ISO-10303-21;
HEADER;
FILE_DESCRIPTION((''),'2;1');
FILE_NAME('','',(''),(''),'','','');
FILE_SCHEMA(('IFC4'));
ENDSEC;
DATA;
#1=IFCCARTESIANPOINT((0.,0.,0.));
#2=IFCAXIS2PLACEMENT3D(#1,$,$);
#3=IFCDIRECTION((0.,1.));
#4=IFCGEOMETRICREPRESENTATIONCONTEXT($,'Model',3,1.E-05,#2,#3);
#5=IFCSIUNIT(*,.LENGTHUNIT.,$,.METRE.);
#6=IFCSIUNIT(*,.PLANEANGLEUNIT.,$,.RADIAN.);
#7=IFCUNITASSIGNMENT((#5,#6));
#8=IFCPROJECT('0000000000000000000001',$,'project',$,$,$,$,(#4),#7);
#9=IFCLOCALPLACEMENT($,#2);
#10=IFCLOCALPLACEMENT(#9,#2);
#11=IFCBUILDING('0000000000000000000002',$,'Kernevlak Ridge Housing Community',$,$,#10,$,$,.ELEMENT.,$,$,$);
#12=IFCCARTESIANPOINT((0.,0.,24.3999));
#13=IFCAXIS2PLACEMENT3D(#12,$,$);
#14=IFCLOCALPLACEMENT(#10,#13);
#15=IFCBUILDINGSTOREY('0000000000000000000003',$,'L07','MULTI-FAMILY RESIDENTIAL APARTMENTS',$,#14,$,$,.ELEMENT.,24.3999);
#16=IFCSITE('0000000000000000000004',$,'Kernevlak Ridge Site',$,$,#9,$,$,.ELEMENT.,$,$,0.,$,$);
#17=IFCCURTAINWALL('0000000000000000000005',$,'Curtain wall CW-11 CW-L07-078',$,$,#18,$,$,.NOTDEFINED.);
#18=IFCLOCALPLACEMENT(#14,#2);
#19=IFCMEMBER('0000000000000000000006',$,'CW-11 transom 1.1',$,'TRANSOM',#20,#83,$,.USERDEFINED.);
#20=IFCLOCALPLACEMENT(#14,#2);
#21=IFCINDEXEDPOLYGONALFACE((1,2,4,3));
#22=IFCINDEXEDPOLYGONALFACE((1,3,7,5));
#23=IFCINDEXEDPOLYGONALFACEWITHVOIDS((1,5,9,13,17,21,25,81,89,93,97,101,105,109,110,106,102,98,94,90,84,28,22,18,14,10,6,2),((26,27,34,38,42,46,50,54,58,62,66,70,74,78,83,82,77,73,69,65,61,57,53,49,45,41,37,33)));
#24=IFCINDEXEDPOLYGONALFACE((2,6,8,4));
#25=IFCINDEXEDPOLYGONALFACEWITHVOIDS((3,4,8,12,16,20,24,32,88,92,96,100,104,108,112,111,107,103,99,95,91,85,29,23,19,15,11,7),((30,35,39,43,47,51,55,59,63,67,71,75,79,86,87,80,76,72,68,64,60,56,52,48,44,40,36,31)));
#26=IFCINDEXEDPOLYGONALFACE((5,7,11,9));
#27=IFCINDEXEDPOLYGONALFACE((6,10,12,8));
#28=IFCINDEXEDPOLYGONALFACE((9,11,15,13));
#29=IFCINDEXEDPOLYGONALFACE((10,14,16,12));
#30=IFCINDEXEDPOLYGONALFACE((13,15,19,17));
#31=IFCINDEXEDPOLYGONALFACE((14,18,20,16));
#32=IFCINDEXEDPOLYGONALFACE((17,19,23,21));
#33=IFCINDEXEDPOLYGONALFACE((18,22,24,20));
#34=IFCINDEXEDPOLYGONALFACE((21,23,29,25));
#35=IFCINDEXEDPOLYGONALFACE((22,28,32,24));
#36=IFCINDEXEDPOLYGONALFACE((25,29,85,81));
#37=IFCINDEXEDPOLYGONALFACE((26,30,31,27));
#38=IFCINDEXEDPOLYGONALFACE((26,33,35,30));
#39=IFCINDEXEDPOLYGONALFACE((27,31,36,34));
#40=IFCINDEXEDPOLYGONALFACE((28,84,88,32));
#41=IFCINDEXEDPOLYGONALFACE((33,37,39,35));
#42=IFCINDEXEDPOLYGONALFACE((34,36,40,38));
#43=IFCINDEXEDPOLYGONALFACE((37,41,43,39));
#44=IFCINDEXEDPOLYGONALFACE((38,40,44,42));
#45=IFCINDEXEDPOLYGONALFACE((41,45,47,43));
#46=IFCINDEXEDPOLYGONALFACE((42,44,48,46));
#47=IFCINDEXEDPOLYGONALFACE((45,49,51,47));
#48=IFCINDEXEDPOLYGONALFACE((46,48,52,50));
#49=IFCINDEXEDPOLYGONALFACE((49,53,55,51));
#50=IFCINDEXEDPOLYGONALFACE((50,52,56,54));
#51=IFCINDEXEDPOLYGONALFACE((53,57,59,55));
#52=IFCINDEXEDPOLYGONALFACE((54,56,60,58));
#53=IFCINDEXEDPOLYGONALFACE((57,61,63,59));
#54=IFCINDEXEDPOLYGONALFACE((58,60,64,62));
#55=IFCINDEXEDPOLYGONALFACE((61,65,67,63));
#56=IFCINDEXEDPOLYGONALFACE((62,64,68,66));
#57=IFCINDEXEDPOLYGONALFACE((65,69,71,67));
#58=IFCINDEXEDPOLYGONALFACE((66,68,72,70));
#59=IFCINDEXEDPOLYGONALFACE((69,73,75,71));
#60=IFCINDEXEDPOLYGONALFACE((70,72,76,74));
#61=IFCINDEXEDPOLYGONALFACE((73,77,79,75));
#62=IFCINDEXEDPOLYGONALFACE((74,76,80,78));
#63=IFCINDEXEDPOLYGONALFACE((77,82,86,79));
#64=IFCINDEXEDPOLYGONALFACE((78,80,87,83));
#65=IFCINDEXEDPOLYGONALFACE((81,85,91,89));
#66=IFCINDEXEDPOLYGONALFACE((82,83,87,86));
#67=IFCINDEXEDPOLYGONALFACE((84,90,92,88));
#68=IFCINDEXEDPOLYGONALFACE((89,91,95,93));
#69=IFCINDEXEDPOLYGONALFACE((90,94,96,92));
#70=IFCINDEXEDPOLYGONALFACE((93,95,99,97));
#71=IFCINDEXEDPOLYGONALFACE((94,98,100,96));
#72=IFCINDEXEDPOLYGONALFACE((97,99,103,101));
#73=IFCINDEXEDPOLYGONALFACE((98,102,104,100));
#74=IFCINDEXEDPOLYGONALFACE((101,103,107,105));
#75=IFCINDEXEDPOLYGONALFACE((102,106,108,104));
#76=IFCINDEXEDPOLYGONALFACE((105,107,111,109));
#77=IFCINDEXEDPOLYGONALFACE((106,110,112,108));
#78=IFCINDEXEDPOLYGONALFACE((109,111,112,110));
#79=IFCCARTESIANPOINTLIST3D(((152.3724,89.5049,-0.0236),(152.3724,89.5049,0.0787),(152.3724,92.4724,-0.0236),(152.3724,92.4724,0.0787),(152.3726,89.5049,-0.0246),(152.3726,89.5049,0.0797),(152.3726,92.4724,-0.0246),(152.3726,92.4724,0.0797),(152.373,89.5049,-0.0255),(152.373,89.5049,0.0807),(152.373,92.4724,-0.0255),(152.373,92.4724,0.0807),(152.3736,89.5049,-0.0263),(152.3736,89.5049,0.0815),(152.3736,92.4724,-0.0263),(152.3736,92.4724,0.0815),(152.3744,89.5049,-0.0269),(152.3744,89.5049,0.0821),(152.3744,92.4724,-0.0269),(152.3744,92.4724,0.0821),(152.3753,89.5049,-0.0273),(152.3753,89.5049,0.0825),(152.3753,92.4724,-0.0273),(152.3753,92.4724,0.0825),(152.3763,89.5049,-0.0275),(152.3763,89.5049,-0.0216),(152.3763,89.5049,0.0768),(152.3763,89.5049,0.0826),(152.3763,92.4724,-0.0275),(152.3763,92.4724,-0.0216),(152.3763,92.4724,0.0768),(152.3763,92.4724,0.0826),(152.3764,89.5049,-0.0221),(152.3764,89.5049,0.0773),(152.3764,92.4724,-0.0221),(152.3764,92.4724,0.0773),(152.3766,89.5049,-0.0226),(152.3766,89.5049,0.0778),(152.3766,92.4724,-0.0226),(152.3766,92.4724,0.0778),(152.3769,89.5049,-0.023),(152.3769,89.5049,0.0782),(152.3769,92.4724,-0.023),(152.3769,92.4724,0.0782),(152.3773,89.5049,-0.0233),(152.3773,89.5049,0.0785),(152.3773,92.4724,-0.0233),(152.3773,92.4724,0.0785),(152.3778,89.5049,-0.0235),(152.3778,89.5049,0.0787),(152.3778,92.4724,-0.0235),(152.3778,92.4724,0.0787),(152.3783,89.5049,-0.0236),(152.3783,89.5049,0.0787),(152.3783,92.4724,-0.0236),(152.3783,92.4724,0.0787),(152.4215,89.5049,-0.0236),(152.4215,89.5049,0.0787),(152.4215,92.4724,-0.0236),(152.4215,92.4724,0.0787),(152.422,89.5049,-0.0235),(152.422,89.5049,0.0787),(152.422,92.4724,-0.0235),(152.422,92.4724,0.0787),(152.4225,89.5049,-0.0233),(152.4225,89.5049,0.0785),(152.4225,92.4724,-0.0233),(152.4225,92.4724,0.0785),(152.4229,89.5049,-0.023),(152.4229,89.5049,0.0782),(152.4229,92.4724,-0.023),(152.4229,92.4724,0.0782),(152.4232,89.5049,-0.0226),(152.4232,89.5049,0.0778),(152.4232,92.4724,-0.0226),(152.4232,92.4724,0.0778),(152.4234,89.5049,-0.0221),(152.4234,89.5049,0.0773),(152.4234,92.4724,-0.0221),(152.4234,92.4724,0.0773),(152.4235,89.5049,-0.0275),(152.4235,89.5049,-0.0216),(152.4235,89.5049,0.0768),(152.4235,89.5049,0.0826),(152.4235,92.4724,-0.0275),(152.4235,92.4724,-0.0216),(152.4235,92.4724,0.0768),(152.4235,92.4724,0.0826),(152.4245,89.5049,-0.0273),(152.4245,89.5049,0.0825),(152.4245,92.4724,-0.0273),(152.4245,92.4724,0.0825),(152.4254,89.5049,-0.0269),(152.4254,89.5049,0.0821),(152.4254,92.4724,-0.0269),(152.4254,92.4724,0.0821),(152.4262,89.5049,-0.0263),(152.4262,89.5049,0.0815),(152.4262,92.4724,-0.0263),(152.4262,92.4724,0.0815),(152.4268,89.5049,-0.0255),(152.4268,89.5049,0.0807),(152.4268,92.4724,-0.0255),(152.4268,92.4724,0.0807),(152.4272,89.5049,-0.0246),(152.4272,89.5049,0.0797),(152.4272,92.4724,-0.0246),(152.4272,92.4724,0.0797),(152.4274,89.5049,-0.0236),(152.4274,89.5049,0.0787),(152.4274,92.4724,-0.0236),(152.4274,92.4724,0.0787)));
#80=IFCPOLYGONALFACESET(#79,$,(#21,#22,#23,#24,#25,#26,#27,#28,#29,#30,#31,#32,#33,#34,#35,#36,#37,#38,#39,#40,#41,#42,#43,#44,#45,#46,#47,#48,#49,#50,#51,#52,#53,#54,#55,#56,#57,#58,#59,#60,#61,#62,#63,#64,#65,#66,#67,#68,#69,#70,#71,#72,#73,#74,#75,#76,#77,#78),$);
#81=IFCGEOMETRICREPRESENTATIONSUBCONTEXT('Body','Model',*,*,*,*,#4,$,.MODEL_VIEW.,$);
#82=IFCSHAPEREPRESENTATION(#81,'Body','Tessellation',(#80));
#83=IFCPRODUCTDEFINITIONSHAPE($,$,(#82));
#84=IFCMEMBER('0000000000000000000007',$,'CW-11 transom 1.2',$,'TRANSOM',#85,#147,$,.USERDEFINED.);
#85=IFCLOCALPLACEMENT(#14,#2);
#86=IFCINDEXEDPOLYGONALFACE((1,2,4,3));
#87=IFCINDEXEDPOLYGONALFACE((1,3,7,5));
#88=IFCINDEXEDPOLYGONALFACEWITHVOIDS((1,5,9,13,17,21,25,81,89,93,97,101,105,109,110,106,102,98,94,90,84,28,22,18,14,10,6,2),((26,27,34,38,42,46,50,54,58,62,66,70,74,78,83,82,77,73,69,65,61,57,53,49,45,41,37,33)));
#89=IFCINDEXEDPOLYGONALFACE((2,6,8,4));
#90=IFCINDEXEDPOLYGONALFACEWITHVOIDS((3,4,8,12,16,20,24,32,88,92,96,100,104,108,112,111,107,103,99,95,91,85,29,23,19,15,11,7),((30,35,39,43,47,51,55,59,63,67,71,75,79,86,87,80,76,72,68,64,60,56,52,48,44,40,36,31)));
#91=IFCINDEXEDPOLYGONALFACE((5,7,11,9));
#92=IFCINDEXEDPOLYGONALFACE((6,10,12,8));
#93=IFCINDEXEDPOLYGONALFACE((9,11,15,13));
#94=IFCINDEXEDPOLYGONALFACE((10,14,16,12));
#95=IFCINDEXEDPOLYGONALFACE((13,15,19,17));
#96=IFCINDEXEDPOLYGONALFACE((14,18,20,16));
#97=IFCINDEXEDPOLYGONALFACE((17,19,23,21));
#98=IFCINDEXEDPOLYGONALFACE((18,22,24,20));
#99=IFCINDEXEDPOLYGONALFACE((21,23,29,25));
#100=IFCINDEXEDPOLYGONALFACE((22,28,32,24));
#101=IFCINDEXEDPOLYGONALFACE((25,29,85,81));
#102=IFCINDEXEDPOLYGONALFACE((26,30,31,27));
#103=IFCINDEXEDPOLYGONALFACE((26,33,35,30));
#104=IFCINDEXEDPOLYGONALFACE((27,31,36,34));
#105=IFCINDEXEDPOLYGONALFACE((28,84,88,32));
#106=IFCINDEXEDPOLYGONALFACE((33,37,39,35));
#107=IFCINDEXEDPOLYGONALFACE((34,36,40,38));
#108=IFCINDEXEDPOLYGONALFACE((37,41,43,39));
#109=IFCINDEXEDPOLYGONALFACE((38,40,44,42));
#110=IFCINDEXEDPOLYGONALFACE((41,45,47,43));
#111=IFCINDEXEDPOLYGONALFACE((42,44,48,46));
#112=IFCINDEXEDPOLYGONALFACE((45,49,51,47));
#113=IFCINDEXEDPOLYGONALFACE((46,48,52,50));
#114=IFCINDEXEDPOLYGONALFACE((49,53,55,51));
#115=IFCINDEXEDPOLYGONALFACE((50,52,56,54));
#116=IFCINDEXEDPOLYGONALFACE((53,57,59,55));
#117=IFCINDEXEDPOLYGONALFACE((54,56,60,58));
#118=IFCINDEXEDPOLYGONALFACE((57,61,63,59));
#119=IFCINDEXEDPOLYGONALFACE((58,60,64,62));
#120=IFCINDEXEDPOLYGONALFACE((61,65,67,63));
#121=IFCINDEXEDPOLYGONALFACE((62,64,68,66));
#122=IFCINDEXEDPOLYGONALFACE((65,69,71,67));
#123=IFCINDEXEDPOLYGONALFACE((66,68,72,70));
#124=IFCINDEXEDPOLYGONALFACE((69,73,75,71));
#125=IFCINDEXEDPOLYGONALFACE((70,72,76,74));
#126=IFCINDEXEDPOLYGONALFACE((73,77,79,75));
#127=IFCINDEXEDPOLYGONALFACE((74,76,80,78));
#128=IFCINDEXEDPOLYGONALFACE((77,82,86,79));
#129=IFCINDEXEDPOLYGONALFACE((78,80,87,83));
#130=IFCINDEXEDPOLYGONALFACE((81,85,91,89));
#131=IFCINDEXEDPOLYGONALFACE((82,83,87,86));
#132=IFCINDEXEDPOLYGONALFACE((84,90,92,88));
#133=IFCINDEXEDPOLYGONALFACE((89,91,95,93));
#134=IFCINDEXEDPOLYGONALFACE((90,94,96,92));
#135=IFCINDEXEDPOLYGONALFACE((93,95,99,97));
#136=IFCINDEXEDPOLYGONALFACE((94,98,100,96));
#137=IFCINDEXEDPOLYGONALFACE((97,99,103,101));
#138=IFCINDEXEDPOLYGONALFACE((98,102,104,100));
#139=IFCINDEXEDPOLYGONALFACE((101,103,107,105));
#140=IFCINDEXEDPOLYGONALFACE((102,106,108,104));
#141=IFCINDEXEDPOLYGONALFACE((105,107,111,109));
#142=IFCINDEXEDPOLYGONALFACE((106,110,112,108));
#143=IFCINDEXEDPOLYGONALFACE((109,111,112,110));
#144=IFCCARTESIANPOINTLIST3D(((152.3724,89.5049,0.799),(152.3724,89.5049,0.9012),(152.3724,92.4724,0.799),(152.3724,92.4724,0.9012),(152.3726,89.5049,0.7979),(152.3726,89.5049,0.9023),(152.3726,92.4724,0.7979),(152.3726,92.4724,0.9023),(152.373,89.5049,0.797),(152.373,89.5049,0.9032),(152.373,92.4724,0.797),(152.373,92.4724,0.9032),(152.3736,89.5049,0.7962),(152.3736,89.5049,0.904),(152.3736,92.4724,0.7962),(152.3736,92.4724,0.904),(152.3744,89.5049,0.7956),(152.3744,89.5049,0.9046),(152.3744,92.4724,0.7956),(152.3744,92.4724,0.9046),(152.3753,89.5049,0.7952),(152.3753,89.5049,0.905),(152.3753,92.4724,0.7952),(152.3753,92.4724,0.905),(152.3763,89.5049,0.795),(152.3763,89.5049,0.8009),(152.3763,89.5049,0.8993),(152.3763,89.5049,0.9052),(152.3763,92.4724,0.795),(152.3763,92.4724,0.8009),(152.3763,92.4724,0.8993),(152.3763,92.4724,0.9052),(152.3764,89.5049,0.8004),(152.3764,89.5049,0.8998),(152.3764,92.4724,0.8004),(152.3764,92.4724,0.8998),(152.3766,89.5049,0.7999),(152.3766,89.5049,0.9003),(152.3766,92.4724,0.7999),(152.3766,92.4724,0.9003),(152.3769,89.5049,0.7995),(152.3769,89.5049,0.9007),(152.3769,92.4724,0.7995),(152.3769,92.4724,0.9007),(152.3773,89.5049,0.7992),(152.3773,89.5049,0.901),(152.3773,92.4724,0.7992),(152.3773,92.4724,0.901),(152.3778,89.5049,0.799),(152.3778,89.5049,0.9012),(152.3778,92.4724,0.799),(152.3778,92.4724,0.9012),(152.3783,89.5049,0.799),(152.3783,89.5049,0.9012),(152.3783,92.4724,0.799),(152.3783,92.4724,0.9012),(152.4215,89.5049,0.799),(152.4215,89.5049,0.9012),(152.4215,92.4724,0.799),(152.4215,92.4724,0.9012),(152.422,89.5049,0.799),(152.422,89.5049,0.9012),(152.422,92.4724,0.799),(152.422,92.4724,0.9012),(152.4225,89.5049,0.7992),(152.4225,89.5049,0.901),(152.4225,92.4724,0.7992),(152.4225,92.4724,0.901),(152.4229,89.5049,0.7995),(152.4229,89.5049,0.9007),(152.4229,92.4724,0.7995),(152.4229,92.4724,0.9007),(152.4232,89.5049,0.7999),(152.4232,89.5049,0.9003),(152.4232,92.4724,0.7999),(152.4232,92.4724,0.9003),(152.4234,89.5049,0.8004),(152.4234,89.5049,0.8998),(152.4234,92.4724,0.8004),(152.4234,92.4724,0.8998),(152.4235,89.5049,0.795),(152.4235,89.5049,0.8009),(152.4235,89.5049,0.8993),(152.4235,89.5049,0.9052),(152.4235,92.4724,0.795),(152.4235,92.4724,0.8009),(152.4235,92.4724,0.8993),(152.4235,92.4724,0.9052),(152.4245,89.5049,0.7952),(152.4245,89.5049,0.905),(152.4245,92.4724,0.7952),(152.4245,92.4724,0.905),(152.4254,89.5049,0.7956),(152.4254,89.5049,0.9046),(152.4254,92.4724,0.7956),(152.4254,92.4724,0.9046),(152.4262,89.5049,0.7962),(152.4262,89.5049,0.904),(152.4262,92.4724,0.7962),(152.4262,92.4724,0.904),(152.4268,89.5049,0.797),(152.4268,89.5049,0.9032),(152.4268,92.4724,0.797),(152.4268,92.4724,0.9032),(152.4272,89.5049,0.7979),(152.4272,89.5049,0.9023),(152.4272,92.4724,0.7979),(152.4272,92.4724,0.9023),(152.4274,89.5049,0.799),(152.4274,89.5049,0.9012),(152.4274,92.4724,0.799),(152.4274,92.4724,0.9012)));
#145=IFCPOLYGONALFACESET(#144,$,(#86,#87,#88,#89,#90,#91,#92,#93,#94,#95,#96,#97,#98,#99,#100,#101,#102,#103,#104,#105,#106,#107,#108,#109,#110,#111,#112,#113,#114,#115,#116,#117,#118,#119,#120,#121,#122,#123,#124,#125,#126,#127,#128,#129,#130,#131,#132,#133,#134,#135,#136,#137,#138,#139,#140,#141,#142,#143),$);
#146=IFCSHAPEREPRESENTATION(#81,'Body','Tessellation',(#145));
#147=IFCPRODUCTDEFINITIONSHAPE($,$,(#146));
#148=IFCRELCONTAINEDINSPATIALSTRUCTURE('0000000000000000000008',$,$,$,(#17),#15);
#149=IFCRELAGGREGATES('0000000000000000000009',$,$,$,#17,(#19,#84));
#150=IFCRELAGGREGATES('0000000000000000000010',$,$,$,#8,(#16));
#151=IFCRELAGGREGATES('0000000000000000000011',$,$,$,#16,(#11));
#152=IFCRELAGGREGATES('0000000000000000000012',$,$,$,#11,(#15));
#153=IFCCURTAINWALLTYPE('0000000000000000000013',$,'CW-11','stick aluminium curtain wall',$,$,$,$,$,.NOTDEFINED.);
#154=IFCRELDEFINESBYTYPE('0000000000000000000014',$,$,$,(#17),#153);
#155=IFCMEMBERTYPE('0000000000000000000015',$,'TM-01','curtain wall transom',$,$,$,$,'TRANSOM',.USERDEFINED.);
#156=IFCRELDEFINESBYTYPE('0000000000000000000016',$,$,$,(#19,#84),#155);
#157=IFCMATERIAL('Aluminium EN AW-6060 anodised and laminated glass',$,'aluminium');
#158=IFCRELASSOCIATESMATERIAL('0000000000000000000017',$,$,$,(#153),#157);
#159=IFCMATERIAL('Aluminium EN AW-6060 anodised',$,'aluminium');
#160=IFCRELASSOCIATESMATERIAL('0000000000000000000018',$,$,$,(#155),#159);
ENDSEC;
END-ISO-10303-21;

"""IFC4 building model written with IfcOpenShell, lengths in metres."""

from ifc_helpers import new_model, si_unit, direction, frame, origin, origin_2d, place, context, subcontext, project, spatial, hollow_rectangle, extrude, material, material_profile, profile_set, type_object, element, aggregate, save


model = new_model("IFC4")

# Units and contexts
model_context = context("Model", 3, precision=1e-05, world=origin(), true_north=direction((0.0, 1.0)))
body_context = subcontext(model_context, "Body", "Model", "MODEL_VIEW")
ifc_project = project(units=[si_unit("LENGTHUNIT", "METRE"), si_unit("PLANEANGLEUNIT", "RADIAN")], contexts=[model_context])

# Site, building, storey
site_placement = place(None, origin())
site = spatial("IfcSite", under=ifc_project, at=site_placement, Name="Kernevlak Ridge Site", CompositionType="ELEMENT", RefElevation=0.0)
building_placement = place(site_placement, origin())
building = spatial("IfcBuilding", under=site, at=building_placement, Name="Kernevlak Ridge Housing Community", CompositionType="ELEMENT")
storey_placement = place(building_placement, frame((0.0, 0.0, 24.3999)))
storey = spatial("IfcBuildingStorey", under=building, at=storey_placement, Name="L07", Description="MULTI-FAMILY RESIDENTIAL APARTMENTS", CompositionType="ELEMENT", Elevation=24.3999)

# Curtain wall
ifc_material_1 = material(Name="Aluminium EN AW-6060 anodised and laminated glass", Category="aluminium")
curtain_wall_type = type_object("IfcCurtainWallType", Name="CW-11", Description="stick aluminium curtain wall", PredefinedType="NOTDEFINED", material=ifc_material_1)
curtain_wall_placement = place(storey_placement, origin())
curtain_wall = element("IfcCurtainWall", 1, at=curtain_wall_placement, inside=storey, type_object=curtain_wall_type, Name="Curtain wall CW-11 CW-L07-078", PredefinedType="NOTDEFINED")
ifc_material_2 = material(Name="Aluminium EN AW-6060 anodised", Category="aluminium")

# Members
ifc_material_profile_1 = material_profile(ifc_material_2, hollow_rectangle(XDim=0.0549, YDim=0.1101, WallThickness=0.0039, InnerFilletRadius=0.002, OuterFilletRadius=0.0039, at=origin_2d()), Name="ALU 55x110x4")
ifc_profile_set_1 = profile_set([ifc_material_profile_1], Name="Aluminium EN AW-6060 anodised")
member_type_1 = type_object("IfcMemberType", Name="TM-01", Description="curtain wall transom", ElementType="TRANSOM", PredefinedType="USERDEFINED", material=ifc_profile_set_1)
member_1_placement = place(storey_placement, frame((152.3999, 89.5049, 0.0276), z_axis=(0.0, 1.0, 0.0), x_axis=(-1.0, 0.0, 0.0)))
member_1 = element("IfcMember", 2, at=member_1_placement, type_object=member_type_1, Name="CW-11 transom 1.1", ObjectType="TRANSOM", PredefinedType="USERDEFINED", context=body_context, shape_type="SweptSolid", body=[
    extrude(hollow_rectangle(XDim=0.0549, YDim=0.1101, WallThickness=0.0039, InnerFilletRadius=0.002, OuterFilletRadius=0.0039, at=origin_2d()), origin(), (0.0, 0.0, 1.0), 2.9675),
])
member_2_placement = place(storey_placement, frame((152.3999, 89.5049, 0.8501), z_axis=(0.0, 1.0, 0.0), x_axis=(-1.0, 0.0, 0.0)))
member_2 = element("IfcMember", 3, at=member_2_placement, type_object=member_type_1, Name="CW-11 transom 1.2", ObjectType="TRANSOM", PredefinedType="USERDEFINED", context=body_context, shape_type="SweptSolid", body=[
    extrude(hollow_rectangle(XDim=0.0549, YDim=0.1101, WallThickness=0.0039, InnerFilletRadius=0.002, OuterFilletRadius=0.0039, at=origin_2d()), origin(), (0.0, 0.0, 1.0), 2.9675),
])

aggregate(curtain_wall, [member_1, member_2])

save(model, "model.ifc")
